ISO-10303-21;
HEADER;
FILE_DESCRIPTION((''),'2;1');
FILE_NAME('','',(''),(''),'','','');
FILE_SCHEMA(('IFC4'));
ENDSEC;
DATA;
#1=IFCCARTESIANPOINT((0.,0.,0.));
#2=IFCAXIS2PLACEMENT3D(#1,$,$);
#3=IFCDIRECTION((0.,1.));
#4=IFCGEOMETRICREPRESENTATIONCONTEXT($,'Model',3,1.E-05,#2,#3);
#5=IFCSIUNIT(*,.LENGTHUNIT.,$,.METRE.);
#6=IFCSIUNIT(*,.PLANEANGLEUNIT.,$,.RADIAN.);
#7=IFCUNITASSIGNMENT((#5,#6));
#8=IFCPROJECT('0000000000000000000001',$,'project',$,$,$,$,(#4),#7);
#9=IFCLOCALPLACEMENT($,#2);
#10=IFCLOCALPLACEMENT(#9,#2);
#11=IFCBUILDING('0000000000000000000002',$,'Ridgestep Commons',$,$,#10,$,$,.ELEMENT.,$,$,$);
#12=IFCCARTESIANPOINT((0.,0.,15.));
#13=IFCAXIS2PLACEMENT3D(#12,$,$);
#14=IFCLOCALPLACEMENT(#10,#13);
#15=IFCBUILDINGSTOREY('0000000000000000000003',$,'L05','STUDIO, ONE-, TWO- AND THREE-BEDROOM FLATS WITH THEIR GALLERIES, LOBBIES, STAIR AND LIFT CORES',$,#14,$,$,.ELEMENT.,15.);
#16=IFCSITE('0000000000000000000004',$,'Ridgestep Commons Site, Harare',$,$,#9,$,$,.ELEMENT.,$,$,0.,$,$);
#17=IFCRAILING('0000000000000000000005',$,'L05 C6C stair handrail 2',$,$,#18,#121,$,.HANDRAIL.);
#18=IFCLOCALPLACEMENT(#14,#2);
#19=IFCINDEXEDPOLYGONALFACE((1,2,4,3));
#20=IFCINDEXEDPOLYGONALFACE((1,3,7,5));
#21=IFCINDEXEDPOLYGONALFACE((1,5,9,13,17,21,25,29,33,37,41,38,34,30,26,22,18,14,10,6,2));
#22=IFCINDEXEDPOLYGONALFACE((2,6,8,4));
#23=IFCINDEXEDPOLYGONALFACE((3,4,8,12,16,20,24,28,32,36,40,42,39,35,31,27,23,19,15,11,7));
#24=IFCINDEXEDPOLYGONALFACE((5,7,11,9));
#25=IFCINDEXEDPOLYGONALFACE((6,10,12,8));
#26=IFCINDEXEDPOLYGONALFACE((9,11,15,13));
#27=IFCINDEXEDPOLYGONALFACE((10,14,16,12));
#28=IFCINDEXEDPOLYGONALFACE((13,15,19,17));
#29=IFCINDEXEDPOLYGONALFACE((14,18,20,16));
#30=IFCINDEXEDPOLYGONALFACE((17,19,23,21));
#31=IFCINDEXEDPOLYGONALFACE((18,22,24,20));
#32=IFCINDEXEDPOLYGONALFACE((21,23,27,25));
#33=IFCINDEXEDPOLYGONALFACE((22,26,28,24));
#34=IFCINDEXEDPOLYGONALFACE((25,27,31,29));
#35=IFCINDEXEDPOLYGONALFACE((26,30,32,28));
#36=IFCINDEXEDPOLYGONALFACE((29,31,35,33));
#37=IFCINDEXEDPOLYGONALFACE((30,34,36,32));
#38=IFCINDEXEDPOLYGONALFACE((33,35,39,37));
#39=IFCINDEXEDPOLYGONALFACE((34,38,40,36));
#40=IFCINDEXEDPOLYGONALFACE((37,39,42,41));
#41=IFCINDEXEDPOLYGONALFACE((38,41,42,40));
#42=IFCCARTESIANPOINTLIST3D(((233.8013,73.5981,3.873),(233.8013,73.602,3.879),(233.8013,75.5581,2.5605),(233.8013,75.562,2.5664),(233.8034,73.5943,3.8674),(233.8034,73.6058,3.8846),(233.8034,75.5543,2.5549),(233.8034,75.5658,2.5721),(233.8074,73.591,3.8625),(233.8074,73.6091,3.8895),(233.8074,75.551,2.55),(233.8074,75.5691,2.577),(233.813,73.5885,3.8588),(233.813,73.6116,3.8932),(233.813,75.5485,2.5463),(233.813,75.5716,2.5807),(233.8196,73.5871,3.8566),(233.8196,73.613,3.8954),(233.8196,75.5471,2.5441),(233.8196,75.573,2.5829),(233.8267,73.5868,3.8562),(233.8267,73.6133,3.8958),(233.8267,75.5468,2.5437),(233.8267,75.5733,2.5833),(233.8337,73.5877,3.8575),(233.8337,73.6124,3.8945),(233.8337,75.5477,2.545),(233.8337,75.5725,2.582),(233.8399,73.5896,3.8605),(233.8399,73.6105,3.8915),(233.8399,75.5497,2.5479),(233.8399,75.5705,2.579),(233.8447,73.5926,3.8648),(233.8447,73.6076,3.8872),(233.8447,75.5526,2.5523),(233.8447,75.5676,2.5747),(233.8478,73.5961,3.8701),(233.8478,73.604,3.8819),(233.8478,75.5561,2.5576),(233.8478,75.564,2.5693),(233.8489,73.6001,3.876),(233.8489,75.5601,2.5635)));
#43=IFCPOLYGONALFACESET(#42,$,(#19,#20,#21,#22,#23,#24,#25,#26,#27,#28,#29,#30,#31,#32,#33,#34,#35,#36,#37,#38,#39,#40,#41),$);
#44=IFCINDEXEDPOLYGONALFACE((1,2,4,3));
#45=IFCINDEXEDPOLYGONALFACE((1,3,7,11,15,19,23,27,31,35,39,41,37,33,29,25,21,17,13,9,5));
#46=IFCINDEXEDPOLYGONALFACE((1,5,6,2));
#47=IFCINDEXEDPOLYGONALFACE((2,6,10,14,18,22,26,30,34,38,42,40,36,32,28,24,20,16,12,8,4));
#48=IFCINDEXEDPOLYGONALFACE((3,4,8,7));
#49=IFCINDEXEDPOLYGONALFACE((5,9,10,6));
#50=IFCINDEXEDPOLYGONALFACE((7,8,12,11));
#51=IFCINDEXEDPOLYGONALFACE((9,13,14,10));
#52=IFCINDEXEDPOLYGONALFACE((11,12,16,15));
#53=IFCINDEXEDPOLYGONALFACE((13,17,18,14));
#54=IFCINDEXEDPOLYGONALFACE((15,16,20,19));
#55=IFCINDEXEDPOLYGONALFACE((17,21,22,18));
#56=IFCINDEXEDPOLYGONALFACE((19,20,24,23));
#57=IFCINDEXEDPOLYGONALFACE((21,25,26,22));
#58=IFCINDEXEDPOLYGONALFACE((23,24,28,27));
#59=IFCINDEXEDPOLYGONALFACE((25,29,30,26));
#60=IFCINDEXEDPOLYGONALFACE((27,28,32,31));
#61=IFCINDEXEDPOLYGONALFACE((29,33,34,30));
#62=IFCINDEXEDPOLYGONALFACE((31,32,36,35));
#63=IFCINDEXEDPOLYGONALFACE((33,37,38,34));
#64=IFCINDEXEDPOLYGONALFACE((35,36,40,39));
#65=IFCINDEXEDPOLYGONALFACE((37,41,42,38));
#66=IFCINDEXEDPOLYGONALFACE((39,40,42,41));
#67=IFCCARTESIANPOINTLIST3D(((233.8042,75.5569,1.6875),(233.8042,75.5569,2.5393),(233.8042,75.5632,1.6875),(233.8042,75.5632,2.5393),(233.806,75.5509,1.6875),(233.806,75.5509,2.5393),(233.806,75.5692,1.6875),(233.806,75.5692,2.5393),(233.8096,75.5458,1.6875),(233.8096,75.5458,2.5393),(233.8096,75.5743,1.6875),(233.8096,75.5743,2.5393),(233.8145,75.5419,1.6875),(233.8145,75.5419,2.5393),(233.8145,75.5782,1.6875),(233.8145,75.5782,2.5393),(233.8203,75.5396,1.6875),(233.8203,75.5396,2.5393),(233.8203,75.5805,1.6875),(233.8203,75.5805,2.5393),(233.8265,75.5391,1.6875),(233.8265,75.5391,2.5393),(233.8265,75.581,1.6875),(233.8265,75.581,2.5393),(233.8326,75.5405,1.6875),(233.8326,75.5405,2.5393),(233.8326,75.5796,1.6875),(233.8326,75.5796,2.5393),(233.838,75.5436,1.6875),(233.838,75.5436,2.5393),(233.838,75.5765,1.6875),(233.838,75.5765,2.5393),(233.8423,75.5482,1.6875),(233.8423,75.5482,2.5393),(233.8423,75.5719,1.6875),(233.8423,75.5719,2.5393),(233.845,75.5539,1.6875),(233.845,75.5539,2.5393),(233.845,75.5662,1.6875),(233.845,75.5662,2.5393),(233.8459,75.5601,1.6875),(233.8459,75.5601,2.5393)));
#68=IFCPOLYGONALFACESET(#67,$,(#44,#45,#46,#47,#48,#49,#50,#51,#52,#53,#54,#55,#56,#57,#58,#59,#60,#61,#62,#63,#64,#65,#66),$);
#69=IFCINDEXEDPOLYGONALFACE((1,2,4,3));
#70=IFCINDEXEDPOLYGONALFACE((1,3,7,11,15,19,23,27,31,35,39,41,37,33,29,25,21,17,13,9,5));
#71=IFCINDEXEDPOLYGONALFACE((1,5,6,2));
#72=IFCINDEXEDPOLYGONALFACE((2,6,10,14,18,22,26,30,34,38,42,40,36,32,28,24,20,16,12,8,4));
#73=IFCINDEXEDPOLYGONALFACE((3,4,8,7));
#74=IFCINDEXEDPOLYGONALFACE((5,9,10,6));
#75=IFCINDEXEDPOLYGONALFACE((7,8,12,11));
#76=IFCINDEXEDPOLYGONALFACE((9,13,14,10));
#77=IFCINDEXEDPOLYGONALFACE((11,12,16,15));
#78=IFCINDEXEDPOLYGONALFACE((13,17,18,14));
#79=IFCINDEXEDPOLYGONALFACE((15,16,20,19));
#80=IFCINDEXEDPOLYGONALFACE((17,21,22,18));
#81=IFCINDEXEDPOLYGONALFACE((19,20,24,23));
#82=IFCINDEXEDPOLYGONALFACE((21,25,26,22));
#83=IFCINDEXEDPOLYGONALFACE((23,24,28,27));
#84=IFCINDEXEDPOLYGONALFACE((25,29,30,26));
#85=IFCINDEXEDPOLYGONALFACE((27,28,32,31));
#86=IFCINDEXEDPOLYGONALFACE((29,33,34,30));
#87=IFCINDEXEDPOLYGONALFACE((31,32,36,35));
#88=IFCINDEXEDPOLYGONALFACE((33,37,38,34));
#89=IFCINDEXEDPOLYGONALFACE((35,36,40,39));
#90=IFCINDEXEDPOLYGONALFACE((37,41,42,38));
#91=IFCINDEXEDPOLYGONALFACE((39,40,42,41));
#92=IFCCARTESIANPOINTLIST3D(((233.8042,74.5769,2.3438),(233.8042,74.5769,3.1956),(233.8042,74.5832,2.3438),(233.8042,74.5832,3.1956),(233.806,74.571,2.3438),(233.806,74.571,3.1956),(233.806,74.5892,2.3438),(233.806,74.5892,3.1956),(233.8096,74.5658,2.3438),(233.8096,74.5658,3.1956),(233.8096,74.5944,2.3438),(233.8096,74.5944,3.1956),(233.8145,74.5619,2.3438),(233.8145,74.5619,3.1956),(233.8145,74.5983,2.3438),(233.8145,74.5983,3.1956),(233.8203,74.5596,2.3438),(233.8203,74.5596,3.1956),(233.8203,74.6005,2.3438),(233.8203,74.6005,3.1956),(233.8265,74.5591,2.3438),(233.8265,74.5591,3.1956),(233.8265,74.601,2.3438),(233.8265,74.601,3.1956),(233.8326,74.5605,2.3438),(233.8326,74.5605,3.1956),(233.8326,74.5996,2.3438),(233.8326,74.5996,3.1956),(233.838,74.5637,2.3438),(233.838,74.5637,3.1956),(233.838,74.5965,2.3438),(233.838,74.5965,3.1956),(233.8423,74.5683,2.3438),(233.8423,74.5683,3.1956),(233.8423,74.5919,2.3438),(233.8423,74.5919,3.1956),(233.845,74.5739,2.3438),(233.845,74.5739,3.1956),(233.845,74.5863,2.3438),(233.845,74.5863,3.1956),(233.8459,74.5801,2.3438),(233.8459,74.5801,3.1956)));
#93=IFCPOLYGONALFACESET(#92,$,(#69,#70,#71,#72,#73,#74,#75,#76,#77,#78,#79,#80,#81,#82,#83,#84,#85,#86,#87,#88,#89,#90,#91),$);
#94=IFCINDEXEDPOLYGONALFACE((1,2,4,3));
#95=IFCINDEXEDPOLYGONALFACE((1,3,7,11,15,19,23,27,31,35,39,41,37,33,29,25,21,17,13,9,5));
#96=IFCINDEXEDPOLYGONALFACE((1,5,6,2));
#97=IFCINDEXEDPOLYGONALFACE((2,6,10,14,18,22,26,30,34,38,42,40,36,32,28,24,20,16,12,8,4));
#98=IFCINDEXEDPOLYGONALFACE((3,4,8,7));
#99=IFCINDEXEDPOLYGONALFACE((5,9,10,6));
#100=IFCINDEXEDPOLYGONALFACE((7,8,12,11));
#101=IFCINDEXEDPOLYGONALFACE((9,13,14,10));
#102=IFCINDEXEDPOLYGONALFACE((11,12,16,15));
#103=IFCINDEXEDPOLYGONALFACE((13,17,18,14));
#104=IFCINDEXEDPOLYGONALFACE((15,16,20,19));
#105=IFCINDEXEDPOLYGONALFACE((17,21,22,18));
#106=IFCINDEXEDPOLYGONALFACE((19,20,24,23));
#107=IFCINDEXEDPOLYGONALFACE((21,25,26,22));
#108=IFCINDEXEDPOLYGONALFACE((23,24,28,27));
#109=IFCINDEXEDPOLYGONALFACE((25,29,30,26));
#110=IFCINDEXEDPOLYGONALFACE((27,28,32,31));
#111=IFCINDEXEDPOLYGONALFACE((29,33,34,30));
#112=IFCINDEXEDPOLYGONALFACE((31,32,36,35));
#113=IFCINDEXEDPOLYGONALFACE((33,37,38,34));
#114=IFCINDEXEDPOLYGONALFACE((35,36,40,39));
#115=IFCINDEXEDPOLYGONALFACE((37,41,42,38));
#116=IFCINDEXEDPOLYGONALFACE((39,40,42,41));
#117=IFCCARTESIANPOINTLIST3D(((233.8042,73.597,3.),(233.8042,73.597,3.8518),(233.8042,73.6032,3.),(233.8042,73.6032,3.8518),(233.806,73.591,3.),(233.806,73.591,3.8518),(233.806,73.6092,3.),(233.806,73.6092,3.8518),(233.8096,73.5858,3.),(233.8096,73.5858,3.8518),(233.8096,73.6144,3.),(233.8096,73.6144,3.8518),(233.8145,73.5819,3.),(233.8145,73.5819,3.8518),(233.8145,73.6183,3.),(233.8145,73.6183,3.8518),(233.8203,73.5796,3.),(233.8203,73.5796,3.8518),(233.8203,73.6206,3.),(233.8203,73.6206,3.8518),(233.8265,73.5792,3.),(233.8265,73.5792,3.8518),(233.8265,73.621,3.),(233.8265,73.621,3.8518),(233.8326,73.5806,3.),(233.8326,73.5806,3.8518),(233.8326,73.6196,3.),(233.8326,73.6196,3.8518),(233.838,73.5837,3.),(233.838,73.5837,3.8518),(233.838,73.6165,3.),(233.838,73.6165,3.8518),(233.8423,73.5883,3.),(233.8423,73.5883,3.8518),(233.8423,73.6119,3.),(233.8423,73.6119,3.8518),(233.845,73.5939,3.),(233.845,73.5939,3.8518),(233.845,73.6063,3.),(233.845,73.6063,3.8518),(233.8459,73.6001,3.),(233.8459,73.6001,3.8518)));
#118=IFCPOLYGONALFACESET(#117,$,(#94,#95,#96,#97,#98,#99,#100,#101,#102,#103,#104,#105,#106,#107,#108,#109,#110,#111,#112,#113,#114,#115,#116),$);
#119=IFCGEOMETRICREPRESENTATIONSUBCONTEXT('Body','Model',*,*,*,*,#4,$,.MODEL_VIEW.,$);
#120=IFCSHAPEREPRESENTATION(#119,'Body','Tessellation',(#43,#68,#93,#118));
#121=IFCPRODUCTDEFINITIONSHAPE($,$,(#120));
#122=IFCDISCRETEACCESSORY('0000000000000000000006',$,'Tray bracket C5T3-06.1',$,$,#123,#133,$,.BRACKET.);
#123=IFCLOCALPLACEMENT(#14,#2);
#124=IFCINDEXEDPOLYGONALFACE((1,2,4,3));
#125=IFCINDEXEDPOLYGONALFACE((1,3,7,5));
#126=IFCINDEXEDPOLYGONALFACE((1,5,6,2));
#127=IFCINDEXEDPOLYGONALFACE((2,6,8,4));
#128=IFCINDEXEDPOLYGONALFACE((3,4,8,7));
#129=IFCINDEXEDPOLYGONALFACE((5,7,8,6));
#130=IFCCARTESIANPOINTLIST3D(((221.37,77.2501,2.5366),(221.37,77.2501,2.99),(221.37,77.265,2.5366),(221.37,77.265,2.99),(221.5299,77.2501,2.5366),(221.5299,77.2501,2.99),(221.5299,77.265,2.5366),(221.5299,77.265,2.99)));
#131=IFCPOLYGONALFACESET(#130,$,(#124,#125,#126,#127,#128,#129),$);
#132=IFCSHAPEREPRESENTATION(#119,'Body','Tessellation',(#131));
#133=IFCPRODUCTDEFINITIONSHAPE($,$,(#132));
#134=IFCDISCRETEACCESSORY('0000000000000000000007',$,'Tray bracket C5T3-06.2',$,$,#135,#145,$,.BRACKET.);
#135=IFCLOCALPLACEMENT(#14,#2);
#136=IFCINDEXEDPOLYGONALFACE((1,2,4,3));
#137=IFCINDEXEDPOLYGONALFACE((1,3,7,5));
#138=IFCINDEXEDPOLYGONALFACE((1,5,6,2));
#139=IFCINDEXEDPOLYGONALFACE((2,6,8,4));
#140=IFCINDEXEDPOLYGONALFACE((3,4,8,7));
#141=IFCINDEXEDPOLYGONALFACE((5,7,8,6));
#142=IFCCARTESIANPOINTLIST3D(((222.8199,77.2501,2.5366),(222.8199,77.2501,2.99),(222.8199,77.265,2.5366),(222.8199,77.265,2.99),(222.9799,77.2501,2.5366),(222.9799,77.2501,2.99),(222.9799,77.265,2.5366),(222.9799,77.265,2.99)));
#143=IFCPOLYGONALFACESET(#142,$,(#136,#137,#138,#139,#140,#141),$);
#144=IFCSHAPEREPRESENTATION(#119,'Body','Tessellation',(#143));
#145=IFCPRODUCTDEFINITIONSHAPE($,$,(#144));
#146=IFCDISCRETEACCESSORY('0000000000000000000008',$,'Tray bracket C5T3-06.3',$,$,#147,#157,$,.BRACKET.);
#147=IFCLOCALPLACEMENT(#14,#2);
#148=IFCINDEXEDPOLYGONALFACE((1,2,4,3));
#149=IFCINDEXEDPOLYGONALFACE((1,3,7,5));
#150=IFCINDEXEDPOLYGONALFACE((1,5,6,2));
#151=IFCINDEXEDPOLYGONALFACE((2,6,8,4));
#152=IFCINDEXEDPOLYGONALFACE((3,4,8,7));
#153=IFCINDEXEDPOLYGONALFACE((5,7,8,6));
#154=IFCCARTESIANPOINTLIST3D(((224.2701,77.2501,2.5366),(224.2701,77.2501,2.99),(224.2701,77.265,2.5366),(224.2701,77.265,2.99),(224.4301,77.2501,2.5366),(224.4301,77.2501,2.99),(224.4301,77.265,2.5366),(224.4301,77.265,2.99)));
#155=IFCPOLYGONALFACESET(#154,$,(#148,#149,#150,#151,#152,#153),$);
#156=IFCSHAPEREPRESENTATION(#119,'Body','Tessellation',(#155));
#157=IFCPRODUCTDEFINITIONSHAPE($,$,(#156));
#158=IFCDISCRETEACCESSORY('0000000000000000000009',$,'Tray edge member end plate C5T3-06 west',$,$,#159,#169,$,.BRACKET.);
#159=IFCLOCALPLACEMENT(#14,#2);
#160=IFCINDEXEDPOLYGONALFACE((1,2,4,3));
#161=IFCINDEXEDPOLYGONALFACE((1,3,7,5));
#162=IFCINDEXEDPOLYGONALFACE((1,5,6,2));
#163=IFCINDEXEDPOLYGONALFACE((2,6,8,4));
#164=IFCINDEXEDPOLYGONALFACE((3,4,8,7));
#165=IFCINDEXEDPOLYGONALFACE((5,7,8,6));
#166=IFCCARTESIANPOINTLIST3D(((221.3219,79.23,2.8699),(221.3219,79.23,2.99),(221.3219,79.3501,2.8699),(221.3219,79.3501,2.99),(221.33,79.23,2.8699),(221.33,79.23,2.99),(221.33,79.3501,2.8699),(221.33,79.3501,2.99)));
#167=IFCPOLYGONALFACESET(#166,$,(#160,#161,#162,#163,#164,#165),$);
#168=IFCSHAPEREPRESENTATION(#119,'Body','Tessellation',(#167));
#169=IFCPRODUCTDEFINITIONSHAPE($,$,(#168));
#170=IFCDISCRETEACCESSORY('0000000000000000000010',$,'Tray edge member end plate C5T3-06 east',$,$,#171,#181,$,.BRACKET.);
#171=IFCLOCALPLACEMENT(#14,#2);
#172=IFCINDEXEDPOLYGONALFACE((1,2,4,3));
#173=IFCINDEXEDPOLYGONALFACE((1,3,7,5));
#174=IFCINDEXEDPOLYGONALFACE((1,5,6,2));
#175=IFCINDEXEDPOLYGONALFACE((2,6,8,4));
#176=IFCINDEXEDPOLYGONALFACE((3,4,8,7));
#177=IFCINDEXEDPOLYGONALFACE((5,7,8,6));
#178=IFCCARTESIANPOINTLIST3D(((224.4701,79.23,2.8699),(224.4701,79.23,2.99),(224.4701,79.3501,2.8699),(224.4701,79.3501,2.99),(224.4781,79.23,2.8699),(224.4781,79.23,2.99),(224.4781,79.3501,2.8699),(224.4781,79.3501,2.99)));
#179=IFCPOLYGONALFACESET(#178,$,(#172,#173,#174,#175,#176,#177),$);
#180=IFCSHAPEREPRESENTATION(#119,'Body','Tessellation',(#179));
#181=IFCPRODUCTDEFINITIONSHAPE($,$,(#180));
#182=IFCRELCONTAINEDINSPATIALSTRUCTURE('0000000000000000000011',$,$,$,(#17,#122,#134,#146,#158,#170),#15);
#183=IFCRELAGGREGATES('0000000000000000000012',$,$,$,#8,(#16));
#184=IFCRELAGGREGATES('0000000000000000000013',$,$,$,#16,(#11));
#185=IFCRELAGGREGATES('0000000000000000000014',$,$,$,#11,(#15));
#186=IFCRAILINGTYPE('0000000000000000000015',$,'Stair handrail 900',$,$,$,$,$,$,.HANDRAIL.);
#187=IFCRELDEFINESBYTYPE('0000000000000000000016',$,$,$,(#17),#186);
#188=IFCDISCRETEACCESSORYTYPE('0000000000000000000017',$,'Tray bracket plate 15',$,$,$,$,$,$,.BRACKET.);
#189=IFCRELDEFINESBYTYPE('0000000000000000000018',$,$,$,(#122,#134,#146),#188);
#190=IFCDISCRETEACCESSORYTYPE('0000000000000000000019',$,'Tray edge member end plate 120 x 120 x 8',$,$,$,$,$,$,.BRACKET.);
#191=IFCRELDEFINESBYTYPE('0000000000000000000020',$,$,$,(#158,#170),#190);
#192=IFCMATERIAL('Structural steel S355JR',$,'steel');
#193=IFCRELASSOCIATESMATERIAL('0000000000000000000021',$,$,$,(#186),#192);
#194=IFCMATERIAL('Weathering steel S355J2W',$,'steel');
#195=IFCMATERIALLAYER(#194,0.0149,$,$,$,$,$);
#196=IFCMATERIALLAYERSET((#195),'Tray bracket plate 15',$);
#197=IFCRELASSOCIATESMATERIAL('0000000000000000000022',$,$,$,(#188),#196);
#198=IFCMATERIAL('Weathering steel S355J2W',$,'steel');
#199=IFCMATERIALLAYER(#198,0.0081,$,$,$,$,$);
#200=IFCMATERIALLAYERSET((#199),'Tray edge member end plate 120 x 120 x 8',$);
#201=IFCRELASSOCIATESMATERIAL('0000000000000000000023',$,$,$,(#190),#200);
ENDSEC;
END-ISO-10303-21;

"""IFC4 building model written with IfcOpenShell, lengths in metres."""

from ifc_helpers import new_model, si_unit, direction, frame, origin, origin_2d, place, context, subcontext, project, spatial, rectangle, circle, extrude, material, layer, layer_set, type_object, element, save


model = new_model("IFC4")

# Units and contexts
model_context = context("Model", 3, precision=1e-05, world=origin(), true_north=direction((0.0, 1.0)))
body_context = subcontext(model_context, "Body", "Model", "MODEL_VIEW")
ifc_project = project(units=[si_unit("LENGTHUNIT", "METRE"), si_unit("PLANEANGLEUNIT", "RADIAN")], contexts=[model_context])

# Site, building, storey
site_placement = place(None, origin())
site = spatial("IfcSite", under=ifc_project, at=site_placement, Name="Ridgestep Commons Site, Harare", CompositionType="ELEMENT", RefElevation=0.0)
building_placement = place(site_placement, origin())
building = spatial("IfcBuilding", under=site, at=building_placement, Name="Ridgestep Commons", CompositionType="ELEMENT")
storey_placement = place(building_placement, frame((0.0, 0.0, 15.0)))
storey = spatial("IfcBuildingStorey", under=building, at=storey_placement, Name="L05", Description="STUDIO, ONE-, TWO- AND THREE-BEDROOM FLATS WITH THEIR GALLERIES, LOBBIES, STAIR AND LIFT CORES", CompositionType="ELEMENT", Elevation=15.0)

# Railing
ifc_material_1 = material(Name="Structural steel S355JR", Category="steel")
railing_type_1 = type_object("IfcRailingType", Name="Stair handrail 900", PredefinedType="HANDRAIL", material=ifc_material_1)
railing_1_placement = place(storey_placement, frame((233.825, 75.5601, 1.6875)))
element("IfcRailing", 1, at=railing_1_placement, inside=storey, type_object=railing_type_1, Name="L05 C6C stair handrail 2", PredefinedType="HANDRAIL", context=body_context, shape_type="SweptSolid", body=[
    extrude(circle(Radius=0.0239, at=origin_2d()), frame((0.0, 0.0, 0.876), z_axis=(0.0, -0.830902, 0.556419), x_axis=(1.0, 0.0, 0.0)), (0.0, 0.0, 1.0), 2.3589),
    extrude(circle(Radius=0.021, at=origin_2d()), origin(), (0.0, 0.0, 1.0), 0.8518),
    extrude(circle(Radius=0.021, at=origin_2d()), frame((0.0, -0.98, 0.6562)), (0.0, 0.0, 1.0), 0.8518),
    extrude(circle(Radius=0.021, at=origin_2d()), frame((0.0, -1.96, 1.3125)), (0.0, 0.0, 1.0), 0.8518),
])

# Discrete accessories
ifc_material_2 = material(Name="Weathering steel S355J2W", Category="steel")
ifc_layer_1 = layer(ifc_material_2, 0.0149)
ifc_layer_set_1 = layer_set([ifc_layer_1], Name="Tray bracket plate 15")
discrete_accessory_type_1 = type_object("IfcDiscreteAccessoryType", Name="Tray bracket plate 15", PredefinedType="BRACKET", material=ifc_layer_set_1)
for number, where, z_axis, x_axis, name in (
    (2, (221.45, 77.2576, 2.5366), (0.0, 0.0, 1.0), (1.0, 0.0, 0.0), "Tray bracket C5T3-06.1"),
    (3, (222.8999, 77.2576, 2.5366), (0.0, 0.0, 1.0), (1.0, 0.0, 0.0), "Tray bracket C5T3-06.2"),
    (4, (224.3501, 77.2576, 2.5366), (0.0, 0.0, 1.0), (1.0, 0.0, 0.0), "Tray bracket C5T3-06.3"),
):
    element("IfcDiscreteAccessory", number, at=place(storey_placement, frame(where, z_axis=z_axis, x_axis=x_axis)), inside=storey, type_object=discrete_accessory_type_1, Name=name, PredefinedType="BRACKET", context=body_context, shape_type="SweptSolid", body=[
        extrude(rectangle(XDim=0.1599, YDim=0.0149, at=origin_2d()), origin(), (0.0, 0.0, 1.0), 0.4534),
    ])
ifc_material_3 = material(Name="Weathering steel S355J2W", Category="steel")
ifc_layer_2 = layer(ifc_material_3, 0.0081)
ifc_layer_set_2 = layer_set([ifc_layer_2], Name="Tray edge member end plate 120 x 120 x 8")
discrete_accessory_type_2 = type_object("IfcDiscreteAccessoryType", Name="Tray edge member end plate 120 x 120 x 8", PredefinedType="BRACKET", material=ifc_layer_set_2)
for number, where, z_axis, x_axis, name in (
    (5, (221.3259, 79.29, 2.8699), (0.0, 0.0, 1.0), (1.0, 0.0, 0.0), "Tray edge member end plate C5T3-06 west"),
    (6, (224.4741, 79.29, 2.8699), (0.0, 0.0, 1.0), (1.0, 0.0, 0.0), "Tray edge member end plate C5T3-06 east"),
):
    element("IfcDiscreteAccessory", number, at=place(storey_placement, frame(where, z_axis=z_axis, x_axis=x_axis)), inside=storey, type_object=discrete_accessory_type_2, Name=name, PredefinedType="BRACKET", context=body_context, shape_type="SweptSolid", body=[
        extrude(rectangle(XDim=0.0081, YDim=0.1201, at=origin_2d()), origin(), (0.0, 0.0, 1.0), 0.1201),
    ])

save(model, "model.ifc")
